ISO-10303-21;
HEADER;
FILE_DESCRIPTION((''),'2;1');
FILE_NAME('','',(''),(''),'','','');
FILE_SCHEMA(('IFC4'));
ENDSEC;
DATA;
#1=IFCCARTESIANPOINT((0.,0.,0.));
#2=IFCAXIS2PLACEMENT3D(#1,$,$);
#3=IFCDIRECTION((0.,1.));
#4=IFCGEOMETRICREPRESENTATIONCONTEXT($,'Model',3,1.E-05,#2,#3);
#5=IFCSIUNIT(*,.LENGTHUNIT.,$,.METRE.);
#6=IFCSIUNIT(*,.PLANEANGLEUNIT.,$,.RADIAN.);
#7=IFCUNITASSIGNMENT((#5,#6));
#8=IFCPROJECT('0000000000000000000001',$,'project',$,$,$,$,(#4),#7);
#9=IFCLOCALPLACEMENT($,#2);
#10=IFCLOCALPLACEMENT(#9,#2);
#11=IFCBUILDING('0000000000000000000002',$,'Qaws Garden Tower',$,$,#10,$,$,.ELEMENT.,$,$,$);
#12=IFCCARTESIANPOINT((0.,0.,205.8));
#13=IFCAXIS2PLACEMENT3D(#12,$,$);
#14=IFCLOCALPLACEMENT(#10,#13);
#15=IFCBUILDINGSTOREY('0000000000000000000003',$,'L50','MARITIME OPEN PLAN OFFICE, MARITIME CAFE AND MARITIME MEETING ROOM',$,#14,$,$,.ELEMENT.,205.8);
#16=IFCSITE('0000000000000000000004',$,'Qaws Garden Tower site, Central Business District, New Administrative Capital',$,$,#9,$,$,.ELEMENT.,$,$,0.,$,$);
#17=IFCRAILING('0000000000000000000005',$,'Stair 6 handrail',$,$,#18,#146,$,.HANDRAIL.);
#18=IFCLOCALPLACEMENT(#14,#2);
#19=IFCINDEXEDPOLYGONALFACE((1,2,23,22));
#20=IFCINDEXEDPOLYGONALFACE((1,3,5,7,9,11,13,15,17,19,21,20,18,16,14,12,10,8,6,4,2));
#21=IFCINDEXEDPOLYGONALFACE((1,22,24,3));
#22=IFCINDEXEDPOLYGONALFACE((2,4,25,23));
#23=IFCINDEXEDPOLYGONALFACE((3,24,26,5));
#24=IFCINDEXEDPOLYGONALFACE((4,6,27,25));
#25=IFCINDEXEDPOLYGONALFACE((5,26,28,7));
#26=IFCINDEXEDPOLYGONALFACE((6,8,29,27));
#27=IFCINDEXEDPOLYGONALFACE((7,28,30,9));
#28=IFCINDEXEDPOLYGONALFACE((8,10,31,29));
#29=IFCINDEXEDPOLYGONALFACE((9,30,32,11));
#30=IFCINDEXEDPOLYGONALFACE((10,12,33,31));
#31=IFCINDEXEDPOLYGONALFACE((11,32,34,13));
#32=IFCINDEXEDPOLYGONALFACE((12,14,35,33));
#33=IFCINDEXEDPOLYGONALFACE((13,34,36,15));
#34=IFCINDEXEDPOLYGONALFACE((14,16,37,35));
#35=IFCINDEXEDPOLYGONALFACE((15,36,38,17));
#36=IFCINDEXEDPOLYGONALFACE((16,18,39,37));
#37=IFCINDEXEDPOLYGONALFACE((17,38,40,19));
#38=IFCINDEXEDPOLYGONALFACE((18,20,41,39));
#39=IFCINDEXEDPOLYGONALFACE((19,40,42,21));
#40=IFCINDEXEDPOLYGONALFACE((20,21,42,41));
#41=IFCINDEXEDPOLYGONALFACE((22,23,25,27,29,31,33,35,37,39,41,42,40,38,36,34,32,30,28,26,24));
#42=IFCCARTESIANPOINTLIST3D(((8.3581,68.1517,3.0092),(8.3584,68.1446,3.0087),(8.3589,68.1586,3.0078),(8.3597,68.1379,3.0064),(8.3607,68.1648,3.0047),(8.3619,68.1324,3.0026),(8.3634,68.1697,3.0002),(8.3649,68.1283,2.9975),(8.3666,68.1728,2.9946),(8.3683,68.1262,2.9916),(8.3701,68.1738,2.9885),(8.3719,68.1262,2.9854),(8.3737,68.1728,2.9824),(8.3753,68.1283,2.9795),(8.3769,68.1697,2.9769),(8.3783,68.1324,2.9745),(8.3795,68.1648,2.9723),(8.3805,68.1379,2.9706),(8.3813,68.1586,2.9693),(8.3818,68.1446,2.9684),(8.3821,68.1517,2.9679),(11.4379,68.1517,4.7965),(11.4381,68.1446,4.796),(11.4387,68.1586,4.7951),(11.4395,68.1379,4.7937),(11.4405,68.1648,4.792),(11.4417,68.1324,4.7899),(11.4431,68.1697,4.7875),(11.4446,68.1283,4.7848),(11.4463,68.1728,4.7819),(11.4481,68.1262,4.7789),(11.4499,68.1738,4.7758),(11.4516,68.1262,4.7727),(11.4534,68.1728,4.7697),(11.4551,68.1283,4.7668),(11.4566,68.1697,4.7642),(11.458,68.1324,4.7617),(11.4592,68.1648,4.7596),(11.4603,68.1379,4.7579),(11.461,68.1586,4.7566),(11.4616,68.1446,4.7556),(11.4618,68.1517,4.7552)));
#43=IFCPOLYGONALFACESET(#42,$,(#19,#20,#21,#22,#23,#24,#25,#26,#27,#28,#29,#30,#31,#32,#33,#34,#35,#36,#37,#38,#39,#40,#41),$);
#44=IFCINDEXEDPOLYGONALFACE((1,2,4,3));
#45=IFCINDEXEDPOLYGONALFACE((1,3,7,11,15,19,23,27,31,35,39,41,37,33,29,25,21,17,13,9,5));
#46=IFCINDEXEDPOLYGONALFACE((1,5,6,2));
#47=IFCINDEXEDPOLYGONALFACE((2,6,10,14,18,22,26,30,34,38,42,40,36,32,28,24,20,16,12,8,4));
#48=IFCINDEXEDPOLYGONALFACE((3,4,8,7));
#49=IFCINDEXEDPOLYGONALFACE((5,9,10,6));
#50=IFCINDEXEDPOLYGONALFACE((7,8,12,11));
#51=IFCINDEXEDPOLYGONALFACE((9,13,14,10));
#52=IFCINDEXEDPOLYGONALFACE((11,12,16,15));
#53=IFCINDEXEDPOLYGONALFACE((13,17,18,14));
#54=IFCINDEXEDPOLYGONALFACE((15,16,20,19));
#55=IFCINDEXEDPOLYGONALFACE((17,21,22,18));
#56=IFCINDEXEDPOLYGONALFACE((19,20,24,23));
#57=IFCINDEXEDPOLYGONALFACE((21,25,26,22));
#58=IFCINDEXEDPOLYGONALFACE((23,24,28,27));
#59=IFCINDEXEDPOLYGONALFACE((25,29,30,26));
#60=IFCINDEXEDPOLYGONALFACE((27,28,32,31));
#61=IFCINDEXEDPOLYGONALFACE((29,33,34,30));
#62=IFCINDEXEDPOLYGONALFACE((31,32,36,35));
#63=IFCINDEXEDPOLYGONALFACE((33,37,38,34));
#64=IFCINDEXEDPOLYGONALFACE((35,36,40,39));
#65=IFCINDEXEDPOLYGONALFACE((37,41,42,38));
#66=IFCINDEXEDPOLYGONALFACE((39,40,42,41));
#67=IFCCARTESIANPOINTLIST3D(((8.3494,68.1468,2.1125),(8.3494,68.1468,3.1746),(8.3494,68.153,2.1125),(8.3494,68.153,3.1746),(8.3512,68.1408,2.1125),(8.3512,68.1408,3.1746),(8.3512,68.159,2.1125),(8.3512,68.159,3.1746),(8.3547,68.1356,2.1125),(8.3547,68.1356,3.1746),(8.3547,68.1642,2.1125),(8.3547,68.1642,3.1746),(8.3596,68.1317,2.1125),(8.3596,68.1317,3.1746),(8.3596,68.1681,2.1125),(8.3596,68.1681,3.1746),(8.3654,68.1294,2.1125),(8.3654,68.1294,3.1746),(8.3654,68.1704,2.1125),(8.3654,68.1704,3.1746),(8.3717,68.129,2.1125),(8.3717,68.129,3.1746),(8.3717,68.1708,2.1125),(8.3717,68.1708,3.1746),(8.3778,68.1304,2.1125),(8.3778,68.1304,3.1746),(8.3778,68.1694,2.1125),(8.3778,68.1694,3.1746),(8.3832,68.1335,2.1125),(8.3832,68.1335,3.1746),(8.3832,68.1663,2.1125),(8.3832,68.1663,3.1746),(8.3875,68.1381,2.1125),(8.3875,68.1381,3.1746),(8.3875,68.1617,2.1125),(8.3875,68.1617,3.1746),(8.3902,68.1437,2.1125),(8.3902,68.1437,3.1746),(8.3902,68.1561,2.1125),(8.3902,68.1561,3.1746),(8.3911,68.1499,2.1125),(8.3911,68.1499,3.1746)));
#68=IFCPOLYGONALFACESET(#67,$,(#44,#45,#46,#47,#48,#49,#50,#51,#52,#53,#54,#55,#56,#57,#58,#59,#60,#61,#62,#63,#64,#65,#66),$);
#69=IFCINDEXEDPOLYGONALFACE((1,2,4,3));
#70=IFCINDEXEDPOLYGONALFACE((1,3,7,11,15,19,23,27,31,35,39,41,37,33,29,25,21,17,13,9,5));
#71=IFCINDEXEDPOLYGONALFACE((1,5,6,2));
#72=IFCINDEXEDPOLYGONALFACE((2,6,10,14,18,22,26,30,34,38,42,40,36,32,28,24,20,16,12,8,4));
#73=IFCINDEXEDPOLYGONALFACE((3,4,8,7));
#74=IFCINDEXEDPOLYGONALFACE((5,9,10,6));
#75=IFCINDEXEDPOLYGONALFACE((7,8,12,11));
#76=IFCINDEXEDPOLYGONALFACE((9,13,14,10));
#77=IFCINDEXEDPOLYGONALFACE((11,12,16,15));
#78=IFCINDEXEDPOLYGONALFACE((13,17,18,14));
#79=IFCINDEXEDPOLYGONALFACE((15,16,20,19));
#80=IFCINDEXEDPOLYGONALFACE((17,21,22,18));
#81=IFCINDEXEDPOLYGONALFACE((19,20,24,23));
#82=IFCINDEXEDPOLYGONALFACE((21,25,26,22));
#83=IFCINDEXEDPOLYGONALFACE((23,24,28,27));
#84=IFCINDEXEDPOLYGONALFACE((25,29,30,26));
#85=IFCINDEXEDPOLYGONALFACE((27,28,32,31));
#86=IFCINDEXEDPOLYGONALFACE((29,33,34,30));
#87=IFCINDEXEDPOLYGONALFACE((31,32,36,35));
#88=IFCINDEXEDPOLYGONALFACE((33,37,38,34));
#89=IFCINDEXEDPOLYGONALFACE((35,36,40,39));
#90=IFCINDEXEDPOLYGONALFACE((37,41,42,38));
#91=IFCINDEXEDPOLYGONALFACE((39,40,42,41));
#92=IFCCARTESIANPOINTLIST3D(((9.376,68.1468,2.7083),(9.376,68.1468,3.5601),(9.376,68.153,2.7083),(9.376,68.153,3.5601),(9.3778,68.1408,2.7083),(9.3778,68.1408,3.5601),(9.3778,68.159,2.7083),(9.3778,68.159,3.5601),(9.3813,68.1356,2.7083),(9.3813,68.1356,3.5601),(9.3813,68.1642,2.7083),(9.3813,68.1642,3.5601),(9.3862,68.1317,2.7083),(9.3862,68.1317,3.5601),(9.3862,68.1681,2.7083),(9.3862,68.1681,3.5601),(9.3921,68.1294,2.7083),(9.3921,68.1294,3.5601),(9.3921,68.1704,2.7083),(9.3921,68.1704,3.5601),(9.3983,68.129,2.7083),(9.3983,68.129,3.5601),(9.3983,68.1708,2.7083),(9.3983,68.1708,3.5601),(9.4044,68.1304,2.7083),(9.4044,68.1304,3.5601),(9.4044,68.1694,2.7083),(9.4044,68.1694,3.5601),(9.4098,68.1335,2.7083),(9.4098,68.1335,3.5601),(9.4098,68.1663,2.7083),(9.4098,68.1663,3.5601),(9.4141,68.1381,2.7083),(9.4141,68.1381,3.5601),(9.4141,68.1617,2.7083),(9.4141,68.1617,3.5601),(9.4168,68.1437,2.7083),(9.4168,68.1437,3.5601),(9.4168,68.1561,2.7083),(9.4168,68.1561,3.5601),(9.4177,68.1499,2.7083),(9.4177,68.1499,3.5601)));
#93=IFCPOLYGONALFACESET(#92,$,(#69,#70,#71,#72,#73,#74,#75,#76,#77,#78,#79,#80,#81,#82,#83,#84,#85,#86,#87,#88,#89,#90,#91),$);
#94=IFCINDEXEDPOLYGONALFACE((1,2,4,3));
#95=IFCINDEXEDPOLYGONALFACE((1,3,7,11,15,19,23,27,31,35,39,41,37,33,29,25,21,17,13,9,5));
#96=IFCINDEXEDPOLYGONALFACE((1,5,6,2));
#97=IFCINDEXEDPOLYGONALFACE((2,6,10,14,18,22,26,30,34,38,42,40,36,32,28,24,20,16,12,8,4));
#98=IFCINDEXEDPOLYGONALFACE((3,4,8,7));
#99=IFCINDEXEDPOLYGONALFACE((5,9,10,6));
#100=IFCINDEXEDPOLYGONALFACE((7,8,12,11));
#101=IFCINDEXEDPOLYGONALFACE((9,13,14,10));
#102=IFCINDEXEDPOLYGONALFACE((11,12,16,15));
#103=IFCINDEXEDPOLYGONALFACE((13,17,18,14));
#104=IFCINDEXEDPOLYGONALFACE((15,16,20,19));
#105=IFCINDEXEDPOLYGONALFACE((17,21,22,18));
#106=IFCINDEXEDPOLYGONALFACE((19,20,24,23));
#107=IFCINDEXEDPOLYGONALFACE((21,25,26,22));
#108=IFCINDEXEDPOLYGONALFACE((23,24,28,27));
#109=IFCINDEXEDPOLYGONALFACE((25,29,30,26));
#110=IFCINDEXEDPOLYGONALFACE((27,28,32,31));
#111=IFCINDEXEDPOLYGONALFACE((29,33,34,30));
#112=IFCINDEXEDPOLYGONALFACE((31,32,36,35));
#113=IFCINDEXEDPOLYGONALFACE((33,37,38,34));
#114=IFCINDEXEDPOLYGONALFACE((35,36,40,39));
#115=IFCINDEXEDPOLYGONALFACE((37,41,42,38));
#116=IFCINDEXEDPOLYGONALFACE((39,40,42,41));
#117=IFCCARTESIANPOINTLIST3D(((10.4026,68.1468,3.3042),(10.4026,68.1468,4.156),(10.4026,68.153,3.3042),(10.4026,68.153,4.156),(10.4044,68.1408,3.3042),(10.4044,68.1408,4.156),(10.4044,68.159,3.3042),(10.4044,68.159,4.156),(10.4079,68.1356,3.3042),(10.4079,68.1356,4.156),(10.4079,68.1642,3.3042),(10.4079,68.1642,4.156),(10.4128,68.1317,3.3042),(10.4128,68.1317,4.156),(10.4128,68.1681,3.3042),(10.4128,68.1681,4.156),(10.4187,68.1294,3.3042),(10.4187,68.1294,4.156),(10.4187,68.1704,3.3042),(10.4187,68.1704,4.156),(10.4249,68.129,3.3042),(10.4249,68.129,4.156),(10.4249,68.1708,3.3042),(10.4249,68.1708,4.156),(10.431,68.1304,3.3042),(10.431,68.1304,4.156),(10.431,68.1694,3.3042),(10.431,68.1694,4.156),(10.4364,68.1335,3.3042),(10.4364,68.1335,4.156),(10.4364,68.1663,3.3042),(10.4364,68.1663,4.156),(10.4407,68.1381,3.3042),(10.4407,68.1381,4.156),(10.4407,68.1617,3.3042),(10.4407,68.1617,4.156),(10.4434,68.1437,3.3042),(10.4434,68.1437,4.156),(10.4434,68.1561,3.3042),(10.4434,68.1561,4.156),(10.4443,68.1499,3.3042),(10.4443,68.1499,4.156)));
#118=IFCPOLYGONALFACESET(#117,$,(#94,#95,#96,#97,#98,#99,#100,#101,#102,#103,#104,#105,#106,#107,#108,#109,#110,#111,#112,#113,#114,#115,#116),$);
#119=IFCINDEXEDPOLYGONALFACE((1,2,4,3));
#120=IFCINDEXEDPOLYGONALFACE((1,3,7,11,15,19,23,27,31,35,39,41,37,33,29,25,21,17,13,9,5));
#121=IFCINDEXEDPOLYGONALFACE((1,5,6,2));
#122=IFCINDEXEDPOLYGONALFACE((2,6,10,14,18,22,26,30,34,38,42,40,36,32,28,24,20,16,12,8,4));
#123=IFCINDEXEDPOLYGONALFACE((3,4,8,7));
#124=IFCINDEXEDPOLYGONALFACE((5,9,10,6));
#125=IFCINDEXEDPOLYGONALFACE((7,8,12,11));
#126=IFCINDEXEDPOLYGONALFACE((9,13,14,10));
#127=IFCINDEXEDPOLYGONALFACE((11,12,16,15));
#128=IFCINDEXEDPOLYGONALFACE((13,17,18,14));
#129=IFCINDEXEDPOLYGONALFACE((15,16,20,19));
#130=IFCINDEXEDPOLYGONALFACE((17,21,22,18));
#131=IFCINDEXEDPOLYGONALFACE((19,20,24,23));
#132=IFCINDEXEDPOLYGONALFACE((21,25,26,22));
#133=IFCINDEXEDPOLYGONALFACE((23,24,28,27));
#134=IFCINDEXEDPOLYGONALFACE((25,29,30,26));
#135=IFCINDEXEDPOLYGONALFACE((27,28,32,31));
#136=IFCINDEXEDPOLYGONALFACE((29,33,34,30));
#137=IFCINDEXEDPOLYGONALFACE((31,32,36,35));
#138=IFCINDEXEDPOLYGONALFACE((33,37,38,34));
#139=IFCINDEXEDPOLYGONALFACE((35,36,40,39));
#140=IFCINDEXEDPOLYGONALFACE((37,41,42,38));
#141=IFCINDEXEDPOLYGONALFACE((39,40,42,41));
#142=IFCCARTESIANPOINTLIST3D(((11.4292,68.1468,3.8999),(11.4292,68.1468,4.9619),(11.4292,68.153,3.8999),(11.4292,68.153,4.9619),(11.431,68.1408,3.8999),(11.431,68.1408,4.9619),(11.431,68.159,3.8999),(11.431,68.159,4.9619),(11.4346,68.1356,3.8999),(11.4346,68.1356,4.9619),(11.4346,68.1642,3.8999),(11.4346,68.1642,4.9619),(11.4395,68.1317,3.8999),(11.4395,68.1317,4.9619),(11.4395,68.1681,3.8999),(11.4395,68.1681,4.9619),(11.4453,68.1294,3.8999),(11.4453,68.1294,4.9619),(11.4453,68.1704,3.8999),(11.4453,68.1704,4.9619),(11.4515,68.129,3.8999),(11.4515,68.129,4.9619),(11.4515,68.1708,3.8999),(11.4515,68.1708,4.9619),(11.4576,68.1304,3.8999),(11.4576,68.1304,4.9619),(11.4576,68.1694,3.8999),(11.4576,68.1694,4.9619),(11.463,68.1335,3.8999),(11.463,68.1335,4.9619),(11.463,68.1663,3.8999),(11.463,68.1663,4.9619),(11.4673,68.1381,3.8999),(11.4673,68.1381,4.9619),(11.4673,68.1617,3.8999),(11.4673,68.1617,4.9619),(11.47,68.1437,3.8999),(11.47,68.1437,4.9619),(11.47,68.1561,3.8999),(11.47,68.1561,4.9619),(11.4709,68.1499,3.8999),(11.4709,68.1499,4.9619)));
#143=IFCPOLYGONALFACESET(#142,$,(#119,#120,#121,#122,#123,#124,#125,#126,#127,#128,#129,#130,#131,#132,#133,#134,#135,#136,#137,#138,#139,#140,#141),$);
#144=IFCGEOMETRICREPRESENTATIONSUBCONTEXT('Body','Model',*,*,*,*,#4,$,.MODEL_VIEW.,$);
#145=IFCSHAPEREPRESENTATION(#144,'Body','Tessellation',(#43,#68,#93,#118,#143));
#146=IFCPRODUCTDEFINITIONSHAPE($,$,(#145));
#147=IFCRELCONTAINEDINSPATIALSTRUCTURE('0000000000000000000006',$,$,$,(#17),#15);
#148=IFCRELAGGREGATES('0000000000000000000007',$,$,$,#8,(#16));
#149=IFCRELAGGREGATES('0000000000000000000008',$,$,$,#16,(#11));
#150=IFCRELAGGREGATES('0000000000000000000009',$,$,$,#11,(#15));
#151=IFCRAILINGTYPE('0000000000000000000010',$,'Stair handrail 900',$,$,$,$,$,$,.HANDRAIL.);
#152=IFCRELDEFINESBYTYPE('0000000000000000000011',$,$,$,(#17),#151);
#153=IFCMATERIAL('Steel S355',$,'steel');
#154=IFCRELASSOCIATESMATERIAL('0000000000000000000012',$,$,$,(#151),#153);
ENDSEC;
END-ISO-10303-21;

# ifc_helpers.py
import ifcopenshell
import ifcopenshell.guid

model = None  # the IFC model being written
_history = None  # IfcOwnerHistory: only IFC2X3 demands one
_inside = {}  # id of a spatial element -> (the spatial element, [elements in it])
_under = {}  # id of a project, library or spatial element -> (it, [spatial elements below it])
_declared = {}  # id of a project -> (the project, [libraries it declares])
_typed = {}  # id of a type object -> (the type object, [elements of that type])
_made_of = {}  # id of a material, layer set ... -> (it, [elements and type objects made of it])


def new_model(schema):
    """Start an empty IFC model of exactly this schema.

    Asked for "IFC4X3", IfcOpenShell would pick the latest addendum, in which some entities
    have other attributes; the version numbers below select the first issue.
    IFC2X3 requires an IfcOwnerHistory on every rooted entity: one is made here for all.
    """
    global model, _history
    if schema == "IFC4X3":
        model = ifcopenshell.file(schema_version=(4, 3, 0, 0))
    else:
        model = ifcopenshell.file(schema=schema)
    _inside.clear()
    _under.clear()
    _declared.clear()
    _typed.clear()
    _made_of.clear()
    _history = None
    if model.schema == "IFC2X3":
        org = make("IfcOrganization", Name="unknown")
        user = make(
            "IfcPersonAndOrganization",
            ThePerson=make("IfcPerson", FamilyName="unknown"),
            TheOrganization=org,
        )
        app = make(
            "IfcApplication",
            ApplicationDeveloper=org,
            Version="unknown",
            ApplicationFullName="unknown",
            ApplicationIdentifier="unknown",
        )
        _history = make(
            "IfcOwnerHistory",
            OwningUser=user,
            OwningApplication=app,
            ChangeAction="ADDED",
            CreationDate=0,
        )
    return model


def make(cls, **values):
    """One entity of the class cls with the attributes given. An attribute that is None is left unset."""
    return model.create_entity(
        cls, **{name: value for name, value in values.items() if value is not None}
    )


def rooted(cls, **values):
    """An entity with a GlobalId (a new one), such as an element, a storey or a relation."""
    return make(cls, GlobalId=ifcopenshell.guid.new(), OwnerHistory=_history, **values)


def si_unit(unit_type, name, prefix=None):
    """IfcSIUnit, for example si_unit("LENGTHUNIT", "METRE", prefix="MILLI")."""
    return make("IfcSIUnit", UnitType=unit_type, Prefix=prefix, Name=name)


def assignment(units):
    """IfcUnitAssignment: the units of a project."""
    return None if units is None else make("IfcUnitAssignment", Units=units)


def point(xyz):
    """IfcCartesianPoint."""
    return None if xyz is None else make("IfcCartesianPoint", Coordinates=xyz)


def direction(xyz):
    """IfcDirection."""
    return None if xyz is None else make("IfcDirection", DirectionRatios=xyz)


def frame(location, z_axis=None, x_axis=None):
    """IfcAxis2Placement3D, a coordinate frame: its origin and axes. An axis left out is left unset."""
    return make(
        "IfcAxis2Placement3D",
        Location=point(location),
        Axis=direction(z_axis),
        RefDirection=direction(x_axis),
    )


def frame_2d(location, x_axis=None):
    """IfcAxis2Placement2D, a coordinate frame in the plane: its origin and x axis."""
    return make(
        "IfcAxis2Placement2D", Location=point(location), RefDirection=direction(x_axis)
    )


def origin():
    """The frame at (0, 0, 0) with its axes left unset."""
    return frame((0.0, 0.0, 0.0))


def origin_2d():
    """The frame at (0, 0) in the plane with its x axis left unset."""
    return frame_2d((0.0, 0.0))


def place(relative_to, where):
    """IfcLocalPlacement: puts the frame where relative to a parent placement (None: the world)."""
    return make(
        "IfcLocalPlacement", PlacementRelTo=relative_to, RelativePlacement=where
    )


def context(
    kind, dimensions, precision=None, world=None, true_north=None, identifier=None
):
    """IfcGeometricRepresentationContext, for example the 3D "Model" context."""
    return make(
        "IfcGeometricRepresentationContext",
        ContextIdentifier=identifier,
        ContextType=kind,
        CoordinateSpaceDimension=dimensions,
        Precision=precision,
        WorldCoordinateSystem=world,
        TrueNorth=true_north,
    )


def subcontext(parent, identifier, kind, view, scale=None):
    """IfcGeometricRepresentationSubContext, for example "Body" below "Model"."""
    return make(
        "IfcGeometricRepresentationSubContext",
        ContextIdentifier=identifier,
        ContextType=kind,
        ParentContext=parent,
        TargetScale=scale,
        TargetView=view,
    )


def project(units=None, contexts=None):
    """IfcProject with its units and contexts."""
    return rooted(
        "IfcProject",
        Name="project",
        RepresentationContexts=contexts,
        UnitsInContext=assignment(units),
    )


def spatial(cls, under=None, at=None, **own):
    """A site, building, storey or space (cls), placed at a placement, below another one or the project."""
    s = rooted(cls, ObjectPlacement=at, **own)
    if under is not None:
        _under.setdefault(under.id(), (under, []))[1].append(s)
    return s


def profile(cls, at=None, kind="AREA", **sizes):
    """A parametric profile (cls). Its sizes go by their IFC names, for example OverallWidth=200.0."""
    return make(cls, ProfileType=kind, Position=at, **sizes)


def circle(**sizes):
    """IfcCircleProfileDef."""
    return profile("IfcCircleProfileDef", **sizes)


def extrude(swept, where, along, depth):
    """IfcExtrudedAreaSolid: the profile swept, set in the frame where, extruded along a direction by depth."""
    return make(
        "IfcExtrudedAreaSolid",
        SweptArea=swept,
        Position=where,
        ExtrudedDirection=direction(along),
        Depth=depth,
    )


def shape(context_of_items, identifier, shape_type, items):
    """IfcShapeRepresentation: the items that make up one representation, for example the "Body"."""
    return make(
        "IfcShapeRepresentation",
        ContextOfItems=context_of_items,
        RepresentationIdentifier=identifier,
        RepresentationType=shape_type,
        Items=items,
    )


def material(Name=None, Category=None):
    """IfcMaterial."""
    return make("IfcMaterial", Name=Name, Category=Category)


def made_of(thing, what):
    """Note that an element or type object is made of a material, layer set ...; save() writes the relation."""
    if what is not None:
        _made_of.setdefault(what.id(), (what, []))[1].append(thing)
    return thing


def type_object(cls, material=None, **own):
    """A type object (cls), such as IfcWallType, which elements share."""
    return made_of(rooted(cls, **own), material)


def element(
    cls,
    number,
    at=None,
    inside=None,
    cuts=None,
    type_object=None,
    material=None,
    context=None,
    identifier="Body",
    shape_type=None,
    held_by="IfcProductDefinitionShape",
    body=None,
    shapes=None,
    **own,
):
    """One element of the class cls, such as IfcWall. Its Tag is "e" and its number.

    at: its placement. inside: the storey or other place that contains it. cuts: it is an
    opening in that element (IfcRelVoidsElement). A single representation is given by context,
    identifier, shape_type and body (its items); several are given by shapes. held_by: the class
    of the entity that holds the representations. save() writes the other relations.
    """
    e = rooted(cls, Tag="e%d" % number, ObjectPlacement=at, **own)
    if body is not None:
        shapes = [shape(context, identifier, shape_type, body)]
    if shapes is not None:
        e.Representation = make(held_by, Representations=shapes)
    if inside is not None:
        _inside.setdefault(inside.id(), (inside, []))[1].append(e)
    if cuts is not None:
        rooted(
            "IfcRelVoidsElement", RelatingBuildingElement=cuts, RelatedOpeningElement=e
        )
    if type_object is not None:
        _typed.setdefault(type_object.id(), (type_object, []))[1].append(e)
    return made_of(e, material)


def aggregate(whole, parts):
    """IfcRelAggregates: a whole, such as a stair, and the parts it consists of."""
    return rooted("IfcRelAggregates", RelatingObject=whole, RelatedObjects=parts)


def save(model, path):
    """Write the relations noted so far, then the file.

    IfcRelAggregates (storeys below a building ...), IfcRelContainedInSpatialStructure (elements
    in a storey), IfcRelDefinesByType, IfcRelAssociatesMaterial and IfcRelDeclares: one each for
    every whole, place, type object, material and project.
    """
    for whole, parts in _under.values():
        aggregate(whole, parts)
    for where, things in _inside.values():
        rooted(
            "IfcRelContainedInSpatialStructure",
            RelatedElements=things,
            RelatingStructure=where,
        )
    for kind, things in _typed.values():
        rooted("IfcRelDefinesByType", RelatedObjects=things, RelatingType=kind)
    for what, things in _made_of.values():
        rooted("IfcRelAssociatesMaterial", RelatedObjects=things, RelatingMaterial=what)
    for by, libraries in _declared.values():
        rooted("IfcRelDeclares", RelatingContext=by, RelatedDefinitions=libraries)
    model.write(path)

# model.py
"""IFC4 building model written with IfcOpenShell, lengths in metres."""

from ifc_helpers import new_model, si_unit, direction, frame, origin, origin_2d, place, context, subcontext, project, spatial, circle, extrude, material, type_object, element, save


model = new_model("IFC4")

# Units and contexts
model_context = context("Model", 3, precision=1e-05, world=origin(), true_north=direction((0.0, 1.0)))
body_context = subcontext(model_context, "Body", "Model", "MODEL_VIEW")
ifc_project = project(units=[si_unit("LENGTHUNIT", "METRE"), si_unit("PLANEANGLEUNIT", "RADIAN")], contexts=[model_context])

# Site, building, storey
site_placement = place(None, origin())
site = spatial("IfcSite", under=ifc_project, at=site_placement, Name="Qaws Garden Tower site, Central Business District, New Administrative Capital", CompositionType="ELEMENT", RefElevation=0.0)
building_placement = place(site_placement, origin())
building = spatial("IfcBuilding", under=site, at=building_placement, Name="Qaws Garden Tower", CompositionType="ELEMENT")
storey_placement = place(building_placement, frame((0.0, 0.0, 205.8)))
storey = spatial("IfcBuildingStorey", under=building, at=storey_placement, Name="L50", Description="MARITIME OPEN PLAN OFFICE, MARITIME CAFE AND MARITIME MEETING ROOM", CompositionType="ELEMENT", Elevation=205.8)

# Railing
ifc_material_1 = material(Name="Steel S355", Category="steel")
railing_type = type_object("IfcRailingType", Name="Stair handrail 900", PredefinedType="HANDRAIL", material=ifc_material_1)
railing_1_placement = place(storey_placement, frame((8.3701, 68.1499, 2.1125)))
element("IfcRailing", 1, at=railing_1_placement, inside=storey, type_object=railing_type, Name="Stair 6 handrail", PredefinedType="HANDRAIL", context=body_context, shape_type="SweptSolid", body=[
    extrude(circle(Radius=0.0239, at=origin_2d()), frame((0.0, 0.0, 0.876), z_axis=(0.864903, 0.0, 0.501939), x_axis=(0.0, 1.0, 0.0)), (0.0, 0.0, 1.0), 3.5608),
    extrude(circle(Radius=0.021, at=origin_2d()), origin(), (0.0, 0.0, 1.0), 1.062),
    extrude(circle(Radius=0.021, at=origin_2d()), frame((1.0266, 0.0, 0.5957)), (0.0, 0.0, 1.0), 0.8518),
    extrude(circle(Radius=0.021, at=origin_2d()), frame((2.0532, 0.0, 1.1917)), (0.0, 0.0, 1.0), 0.8518),
    extrude(circle(Radius=0.021, at=origin_2d()), frame((3.0798, 0.0, 1.7874)), (0.0, 0.0, 1.0), 1.062),
])

save(model, "model.ifc")
